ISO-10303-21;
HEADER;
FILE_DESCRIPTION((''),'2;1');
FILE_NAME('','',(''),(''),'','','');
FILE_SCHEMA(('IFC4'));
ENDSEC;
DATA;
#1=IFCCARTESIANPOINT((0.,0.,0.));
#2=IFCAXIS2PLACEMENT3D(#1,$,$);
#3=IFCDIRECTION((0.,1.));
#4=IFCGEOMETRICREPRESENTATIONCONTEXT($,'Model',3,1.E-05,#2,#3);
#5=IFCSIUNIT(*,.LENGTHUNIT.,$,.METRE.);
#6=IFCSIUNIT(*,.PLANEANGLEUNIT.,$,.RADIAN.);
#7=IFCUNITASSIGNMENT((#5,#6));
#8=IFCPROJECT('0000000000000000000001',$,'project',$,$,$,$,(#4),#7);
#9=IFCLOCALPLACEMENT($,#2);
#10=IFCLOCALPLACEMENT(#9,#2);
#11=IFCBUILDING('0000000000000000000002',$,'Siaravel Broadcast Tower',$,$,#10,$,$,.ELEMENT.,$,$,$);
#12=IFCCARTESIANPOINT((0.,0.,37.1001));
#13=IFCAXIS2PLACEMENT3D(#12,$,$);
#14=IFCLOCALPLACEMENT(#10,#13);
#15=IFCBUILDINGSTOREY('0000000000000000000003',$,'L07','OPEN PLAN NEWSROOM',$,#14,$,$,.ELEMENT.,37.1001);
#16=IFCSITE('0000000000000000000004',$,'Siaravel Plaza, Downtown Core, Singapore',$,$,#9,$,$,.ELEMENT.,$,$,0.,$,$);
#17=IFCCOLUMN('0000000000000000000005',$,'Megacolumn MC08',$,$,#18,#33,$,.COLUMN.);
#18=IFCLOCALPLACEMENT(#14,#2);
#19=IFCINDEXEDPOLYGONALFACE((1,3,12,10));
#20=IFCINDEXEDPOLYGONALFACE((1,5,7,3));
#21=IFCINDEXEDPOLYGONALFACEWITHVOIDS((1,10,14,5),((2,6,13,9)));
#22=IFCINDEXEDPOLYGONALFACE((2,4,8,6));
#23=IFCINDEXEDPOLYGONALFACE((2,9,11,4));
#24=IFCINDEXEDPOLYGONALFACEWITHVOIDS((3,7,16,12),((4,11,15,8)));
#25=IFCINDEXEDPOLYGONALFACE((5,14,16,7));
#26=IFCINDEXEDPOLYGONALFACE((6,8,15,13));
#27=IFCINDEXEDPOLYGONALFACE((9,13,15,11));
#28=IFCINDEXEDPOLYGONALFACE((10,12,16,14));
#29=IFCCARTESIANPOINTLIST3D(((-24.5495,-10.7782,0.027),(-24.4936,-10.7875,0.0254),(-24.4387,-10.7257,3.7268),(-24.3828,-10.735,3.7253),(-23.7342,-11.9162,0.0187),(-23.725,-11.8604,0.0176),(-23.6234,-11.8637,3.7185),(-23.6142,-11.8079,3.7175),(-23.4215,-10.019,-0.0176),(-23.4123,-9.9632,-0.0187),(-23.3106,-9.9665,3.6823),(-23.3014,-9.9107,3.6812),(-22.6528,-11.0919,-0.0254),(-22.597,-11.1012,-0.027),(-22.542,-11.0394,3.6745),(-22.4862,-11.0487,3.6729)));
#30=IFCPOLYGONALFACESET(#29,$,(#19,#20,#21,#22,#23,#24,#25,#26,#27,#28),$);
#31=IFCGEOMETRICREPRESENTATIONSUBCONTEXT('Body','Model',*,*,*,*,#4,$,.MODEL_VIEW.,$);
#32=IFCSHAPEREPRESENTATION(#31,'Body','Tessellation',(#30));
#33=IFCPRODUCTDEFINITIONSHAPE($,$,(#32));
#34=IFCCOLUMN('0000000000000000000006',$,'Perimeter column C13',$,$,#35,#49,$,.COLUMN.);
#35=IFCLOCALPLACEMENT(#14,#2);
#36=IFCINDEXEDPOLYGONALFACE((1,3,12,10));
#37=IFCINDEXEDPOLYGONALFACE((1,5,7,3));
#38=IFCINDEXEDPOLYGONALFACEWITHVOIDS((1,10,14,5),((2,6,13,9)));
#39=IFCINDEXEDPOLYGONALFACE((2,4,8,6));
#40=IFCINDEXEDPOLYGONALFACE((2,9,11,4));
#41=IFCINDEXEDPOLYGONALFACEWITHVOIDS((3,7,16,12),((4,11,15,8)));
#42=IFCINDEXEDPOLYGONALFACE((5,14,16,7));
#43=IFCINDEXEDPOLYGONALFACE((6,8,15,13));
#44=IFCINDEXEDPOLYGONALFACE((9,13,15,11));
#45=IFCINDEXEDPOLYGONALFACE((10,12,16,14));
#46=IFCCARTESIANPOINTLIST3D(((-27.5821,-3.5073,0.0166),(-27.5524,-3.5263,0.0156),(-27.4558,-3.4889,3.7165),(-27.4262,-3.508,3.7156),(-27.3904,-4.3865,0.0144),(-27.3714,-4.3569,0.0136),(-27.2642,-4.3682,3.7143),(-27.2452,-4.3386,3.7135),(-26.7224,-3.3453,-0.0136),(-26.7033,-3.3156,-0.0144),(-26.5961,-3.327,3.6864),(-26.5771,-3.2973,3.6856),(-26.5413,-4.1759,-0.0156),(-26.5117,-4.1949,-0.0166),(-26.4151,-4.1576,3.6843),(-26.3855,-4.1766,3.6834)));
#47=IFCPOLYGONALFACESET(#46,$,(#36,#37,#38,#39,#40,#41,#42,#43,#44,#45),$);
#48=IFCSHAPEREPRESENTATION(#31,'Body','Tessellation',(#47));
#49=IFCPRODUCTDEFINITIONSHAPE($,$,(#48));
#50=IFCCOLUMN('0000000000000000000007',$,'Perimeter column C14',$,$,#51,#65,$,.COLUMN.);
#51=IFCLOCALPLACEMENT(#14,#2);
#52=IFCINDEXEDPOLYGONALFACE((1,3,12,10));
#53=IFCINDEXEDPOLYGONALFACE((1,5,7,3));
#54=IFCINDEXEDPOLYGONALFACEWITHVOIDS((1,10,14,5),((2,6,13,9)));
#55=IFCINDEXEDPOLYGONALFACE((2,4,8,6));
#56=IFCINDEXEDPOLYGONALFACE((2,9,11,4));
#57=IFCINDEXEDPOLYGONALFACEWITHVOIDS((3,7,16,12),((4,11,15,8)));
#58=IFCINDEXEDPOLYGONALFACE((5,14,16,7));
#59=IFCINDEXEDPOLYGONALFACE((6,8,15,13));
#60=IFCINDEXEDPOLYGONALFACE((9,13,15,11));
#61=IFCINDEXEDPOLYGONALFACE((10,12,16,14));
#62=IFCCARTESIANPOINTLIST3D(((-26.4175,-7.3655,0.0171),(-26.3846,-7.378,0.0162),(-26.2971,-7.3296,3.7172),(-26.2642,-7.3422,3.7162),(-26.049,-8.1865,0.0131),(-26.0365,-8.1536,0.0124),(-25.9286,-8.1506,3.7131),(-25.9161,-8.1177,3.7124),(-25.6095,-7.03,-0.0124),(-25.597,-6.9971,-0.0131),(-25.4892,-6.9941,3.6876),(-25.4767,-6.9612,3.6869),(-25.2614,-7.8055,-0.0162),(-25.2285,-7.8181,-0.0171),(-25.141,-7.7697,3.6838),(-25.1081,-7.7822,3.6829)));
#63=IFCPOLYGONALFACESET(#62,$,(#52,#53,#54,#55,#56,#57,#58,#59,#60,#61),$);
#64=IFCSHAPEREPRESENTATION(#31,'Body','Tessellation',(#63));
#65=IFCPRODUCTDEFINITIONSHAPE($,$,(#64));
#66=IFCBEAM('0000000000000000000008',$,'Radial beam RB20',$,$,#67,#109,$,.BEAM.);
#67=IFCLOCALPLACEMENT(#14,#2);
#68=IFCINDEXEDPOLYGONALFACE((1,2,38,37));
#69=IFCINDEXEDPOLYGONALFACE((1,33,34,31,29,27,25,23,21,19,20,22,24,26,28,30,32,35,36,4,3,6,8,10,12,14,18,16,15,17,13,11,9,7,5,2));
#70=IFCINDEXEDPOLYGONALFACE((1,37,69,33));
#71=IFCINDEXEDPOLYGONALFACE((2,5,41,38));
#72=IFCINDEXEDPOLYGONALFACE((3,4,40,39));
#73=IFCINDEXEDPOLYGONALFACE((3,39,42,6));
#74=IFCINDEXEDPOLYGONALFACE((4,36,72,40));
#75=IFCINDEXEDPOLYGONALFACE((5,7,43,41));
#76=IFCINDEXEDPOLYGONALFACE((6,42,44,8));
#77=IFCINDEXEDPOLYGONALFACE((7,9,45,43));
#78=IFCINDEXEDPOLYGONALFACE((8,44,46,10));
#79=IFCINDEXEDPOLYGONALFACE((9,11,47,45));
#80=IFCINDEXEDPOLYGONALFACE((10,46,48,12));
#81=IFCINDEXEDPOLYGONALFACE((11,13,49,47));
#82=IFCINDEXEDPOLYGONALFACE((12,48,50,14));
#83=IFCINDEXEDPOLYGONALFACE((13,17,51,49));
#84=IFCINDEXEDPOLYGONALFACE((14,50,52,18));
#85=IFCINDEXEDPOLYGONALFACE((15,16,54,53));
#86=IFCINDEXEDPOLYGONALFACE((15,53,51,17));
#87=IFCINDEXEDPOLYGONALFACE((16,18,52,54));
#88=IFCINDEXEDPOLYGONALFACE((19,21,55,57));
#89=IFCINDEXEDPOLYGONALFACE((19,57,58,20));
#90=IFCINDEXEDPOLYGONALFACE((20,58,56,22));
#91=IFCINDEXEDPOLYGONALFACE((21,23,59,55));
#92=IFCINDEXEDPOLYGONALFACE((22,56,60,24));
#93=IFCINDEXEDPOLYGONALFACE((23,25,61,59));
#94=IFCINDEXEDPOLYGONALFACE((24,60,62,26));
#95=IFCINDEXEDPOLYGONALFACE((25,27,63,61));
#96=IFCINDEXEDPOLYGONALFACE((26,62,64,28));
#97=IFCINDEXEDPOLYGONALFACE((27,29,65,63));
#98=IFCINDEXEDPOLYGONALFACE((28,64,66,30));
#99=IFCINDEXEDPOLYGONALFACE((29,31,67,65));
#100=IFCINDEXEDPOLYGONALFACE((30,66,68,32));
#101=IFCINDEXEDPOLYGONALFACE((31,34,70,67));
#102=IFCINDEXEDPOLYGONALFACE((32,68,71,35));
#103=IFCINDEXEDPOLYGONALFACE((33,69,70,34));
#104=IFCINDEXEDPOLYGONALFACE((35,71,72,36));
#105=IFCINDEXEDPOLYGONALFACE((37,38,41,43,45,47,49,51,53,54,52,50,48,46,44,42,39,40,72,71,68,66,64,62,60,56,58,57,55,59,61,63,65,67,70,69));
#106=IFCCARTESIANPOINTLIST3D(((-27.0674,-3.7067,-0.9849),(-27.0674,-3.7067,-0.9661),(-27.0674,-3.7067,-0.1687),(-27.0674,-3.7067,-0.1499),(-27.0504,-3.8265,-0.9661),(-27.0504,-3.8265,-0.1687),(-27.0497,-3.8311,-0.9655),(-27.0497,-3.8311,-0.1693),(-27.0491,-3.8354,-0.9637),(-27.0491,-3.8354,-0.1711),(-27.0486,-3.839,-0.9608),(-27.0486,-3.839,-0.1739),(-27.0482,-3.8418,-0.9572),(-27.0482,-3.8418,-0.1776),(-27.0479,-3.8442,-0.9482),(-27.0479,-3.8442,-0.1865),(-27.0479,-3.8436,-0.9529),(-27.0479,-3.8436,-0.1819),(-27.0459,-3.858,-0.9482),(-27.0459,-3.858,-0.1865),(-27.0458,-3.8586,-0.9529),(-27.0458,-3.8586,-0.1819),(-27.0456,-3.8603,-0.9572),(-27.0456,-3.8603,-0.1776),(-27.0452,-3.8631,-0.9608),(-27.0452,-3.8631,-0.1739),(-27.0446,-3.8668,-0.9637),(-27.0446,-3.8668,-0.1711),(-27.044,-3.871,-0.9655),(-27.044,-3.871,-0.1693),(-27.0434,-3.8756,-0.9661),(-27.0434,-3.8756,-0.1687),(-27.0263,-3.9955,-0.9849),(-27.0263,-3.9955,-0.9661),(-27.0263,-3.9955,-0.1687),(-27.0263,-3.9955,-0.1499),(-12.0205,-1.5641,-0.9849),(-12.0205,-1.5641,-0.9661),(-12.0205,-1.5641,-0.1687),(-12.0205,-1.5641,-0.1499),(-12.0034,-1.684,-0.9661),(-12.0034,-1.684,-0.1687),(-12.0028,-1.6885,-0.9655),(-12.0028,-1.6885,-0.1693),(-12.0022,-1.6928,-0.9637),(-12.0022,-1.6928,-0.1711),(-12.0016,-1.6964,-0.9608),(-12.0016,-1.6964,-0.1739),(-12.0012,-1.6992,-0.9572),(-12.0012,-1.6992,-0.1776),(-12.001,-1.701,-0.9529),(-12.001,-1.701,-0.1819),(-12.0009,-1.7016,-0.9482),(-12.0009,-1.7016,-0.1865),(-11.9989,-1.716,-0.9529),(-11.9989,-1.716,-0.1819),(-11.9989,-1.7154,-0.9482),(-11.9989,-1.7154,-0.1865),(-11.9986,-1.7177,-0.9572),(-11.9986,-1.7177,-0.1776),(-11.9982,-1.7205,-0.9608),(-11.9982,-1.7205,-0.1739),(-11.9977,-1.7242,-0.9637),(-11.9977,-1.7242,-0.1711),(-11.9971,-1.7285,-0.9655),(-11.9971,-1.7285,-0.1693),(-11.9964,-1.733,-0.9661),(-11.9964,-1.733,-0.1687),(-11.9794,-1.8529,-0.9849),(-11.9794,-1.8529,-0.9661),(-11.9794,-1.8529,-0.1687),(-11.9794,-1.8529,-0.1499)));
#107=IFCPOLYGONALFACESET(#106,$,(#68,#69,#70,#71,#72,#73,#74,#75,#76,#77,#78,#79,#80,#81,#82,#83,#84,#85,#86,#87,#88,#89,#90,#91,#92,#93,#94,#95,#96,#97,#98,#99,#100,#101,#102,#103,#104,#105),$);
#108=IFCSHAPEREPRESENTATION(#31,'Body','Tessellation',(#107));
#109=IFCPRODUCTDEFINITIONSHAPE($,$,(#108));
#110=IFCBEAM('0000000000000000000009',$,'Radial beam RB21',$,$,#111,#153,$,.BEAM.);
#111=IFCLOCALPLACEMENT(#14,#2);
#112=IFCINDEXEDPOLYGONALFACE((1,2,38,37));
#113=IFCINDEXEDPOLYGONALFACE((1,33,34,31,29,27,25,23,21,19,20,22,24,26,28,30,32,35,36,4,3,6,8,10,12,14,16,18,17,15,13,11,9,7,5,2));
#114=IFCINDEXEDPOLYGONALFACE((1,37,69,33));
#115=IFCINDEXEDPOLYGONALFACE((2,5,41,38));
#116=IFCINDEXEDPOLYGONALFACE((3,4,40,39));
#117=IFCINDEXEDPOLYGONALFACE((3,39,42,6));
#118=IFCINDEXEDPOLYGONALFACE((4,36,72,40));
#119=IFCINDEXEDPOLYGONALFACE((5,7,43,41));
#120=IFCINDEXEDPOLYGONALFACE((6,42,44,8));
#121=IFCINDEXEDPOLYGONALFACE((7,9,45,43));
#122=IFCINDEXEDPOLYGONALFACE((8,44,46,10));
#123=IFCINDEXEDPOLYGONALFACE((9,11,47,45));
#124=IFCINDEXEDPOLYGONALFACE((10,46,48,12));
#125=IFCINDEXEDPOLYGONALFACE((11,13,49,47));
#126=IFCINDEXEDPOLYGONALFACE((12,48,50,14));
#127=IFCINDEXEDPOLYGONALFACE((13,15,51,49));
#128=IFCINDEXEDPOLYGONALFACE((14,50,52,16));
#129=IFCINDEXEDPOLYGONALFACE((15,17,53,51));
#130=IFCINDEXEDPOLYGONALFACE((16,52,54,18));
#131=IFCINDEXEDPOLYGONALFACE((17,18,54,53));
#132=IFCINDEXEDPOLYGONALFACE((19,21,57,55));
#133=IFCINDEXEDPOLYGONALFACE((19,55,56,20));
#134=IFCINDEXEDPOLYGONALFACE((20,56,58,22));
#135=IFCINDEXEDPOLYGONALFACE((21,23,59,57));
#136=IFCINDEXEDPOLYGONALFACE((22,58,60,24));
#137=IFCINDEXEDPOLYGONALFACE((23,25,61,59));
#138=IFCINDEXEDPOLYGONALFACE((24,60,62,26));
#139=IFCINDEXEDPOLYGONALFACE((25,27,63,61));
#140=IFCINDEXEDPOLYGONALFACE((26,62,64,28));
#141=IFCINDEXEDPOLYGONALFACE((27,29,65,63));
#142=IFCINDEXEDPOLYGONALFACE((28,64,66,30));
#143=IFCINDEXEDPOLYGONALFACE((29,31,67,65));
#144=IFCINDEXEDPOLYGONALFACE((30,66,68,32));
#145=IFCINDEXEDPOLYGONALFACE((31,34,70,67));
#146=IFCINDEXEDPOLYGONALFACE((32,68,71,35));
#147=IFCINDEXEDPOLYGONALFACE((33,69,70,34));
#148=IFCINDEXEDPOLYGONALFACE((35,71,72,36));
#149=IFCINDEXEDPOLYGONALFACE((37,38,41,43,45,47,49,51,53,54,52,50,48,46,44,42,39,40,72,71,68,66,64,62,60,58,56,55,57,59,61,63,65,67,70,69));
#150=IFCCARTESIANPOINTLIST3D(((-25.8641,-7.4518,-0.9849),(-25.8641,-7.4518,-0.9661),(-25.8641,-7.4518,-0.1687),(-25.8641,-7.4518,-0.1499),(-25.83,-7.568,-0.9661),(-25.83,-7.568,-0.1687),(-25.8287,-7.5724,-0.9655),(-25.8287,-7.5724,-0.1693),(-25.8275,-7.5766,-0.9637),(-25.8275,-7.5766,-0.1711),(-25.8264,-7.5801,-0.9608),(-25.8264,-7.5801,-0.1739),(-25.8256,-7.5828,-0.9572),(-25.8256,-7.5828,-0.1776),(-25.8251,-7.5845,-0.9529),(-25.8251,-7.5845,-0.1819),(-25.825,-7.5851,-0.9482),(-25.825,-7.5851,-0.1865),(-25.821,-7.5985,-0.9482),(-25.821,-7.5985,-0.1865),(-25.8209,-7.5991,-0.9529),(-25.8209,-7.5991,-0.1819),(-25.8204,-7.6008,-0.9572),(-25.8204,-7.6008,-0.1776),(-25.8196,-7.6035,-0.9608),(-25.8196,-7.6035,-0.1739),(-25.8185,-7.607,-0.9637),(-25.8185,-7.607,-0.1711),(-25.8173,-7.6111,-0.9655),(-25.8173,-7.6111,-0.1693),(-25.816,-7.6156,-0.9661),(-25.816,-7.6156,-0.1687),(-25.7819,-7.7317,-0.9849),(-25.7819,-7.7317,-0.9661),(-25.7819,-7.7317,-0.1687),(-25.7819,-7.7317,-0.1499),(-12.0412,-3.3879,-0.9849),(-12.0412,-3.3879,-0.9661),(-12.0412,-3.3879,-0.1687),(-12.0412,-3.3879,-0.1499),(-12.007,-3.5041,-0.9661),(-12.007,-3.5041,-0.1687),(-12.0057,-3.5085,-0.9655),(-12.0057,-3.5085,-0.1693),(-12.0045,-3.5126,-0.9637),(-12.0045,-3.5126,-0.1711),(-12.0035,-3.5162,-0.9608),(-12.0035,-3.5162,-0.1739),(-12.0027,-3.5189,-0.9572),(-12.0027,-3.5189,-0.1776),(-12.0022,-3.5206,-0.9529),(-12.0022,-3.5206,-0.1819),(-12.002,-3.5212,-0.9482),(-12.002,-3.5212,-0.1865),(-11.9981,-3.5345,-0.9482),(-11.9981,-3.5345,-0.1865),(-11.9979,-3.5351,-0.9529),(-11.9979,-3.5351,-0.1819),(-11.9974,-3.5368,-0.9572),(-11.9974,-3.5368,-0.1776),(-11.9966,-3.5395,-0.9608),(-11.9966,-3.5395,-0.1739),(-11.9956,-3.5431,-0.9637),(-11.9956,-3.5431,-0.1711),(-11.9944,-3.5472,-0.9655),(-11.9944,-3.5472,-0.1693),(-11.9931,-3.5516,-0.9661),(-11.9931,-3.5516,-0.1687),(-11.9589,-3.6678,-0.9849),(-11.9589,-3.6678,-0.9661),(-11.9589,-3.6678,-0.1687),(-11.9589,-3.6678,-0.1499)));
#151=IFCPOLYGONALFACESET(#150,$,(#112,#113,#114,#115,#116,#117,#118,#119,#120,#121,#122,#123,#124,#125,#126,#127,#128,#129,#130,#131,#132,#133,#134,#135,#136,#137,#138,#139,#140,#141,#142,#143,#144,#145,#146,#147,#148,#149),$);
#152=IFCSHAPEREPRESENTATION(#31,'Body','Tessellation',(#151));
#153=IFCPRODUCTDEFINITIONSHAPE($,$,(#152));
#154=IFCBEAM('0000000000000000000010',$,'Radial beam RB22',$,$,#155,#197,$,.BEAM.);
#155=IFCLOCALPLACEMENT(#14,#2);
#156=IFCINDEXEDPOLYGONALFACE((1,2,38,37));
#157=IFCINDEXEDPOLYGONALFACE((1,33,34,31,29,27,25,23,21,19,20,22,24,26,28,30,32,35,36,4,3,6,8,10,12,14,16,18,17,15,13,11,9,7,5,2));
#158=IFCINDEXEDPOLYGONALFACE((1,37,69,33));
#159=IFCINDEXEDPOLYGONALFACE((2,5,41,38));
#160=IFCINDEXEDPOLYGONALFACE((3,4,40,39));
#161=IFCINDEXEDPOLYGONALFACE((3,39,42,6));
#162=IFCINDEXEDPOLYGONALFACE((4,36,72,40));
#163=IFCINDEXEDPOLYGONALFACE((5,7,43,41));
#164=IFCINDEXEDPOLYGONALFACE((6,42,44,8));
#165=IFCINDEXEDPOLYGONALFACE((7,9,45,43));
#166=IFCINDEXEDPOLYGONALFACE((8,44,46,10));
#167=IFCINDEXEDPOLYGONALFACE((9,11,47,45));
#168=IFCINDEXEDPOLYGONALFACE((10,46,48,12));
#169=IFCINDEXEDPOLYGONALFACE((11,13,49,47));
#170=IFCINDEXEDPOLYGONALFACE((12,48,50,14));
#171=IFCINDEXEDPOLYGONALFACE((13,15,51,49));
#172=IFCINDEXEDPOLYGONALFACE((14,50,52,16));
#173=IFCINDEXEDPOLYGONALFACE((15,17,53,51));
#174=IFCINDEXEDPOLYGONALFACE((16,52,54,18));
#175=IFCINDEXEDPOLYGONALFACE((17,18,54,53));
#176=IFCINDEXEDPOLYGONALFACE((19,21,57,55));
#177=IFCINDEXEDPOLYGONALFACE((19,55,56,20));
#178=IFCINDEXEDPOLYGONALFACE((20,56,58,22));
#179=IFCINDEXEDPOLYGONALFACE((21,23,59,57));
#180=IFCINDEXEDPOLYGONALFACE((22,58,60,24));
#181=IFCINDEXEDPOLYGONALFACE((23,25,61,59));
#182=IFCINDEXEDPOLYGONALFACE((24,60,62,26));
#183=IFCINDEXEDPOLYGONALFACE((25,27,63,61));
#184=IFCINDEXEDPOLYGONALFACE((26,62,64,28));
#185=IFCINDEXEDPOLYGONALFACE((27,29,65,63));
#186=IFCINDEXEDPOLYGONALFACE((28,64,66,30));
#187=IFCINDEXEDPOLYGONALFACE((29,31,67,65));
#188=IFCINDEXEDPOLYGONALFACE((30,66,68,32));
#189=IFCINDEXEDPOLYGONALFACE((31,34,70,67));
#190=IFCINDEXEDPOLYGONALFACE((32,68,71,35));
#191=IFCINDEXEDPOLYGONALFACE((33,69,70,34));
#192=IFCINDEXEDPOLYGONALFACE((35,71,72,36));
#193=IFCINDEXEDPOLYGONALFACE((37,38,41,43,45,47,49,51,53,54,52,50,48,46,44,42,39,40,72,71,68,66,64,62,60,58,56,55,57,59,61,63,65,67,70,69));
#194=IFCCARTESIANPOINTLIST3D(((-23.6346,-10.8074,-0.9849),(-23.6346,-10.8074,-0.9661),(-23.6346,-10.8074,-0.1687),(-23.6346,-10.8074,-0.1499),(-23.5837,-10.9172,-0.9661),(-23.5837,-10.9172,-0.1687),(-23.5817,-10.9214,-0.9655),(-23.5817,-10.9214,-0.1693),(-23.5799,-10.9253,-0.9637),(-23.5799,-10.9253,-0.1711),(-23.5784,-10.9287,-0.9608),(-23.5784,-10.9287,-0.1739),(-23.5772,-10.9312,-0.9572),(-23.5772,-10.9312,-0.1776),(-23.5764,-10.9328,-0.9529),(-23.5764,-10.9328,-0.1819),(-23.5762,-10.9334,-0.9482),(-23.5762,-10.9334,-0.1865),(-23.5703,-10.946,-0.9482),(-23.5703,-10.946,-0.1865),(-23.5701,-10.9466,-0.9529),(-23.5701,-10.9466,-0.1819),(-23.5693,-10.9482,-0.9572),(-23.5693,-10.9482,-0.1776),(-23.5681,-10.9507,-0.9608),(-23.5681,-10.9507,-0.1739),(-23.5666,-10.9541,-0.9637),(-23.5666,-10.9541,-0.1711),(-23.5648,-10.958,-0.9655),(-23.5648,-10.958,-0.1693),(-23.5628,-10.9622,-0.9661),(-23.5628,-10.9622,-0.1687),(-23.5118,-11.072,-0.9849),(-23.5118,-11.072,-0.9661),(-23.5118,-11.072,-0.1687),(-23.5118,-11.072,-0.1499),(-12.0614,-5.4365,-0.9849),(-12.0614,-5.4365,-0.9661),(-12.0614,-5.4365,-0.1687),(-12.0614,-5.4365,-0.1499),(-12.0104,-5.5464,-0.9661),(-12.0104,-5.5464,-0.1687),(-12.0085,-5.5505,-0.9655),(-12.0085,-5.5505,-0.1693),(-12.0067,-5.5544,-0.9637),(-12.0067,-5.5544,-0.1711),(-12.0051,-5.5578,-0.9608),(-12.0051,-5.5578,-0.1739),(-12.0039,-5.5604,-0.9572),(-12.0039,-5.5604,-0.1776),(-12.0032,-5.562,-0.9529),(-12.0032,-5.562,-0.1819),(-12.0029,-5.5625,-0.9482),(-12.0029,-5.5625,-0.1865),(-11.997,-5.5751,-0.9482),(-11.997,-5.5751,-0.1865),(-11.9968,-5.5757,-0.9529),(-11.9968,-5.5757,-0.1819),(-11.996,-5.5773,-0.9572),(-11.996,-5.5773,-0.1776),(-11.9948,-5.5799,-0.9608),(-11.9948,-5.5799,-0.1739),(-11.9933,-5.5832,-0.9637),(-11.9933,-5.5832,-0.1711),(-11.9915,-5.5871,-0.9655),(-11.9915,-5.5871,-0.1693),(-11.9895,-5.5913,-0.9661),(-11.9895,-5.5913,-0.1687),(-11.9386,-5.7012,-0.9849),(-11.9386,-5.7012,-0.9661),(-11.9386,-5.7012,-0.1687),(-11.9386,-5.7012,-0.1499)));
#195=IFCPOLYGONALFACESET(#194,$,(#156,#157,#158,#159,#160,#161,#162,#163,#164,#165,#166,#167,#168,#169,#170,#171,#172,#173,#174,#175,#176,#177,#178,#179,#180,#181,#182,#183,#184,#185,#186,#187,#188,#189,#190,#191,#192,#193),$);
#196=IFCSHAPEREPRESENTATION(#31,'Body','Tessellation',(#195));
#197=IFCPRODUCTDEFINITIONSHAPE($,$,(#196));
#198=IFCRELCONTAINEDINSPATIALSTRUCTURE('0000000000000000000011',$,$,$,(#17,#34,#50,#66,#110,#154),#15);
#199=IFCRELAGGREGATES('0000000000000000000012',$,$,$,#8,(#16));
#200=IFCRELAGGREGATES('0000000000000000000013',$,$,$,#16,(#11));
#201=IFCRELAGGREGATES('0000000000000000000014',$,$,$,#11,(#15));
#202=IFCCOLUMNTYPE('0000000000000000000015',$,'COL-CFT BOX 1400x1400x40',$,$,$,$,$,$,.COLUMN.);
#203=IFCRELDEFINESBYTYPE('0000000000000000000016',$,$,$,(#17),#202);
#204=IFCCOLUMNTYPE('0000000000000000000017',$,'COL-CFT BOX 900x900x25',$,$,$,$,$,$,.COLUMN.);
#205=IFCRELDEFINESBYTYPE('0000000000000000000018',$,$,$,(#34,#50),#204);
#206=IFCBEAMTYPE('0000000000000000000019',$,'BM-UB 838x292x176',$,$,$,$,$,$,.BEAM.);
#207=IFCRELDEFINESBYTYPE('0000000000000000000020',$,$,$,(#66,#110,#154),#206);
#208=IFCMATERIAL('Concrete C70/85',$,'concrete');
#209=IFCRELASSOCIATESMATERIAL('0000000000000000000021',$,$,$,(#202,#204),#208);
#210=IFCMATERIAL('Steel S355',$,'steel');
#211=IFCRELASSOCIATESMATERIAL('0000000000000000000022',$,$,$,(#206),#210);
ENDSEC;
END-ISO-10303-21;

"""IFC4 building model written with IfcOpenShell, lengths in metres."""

from ifc_helpers import new_model, si_unit, direction, frame, origin, origin_2d, place, context, subcontext, project, spatial, hollow_rectangle, i_section, extrude, material, material_profile, profile_set, type_object, element, save


model = new_model("IFC4")

# Units and contexts
model_context = context("Model", 3, precision=1e-05, world=origin(), true_north=direction((0.0, 1.0)))
body_context = subcontext(model_context, "Body", "Model", "MODEL_VIEW")
ifc_project = project(units=[si_unit("LENGTHUNIT", "METRE"), si_unit("PLANEANGLEUNIT", "RADIAN")], contexts=[model_context])

# Site, building, storey
site_placement = place(None, origin())
site = spatial("IfcSite", under=ifc_project, at=site_placement, Name="Siaravel Plaza, Downtown Core, Singapore", CompositionType="ELEMENT", RefElevation=0.0)
building_placement = place(site_placement, origin())
building = spatial("IfcBuilding", under=site, at=building_placement, Name="Siaravel Broadcast Tower", CompositionType="ELEMENT")
storey_placement = place(building_placement, frame((0.0, 0.0, 37.1001)))
storey = spatial("IfcBuildingStorey", under=building, at=storey_placement, Name="L07", Description="OPEN PLAN NEWSROOM", CompositionType="ELEMENT", Elevation=37.1001)

# Columns
ifc_material_1 = material(Name="Concrete C70/85", Category="concrete")
ifc_material_profile_1 = material_profile(ifc_material_1, hollow_rectangle(XDim=1.3999, YDim=1.3999, WallThickness=0.04, at=origin_2d()))
ifc_profile_set_1 = profile_set([ifc_material_profile_1], Name="Concrete C70/85")
column_type_1 = type_object("IfcColumnType", Name="COL-CFT BOX 1400x1400x40", PredefinedType="COLUMN", material=ifc_profile_set_1)
column_placement = place(storey_placement, frame((-23.5732, -10.9397, 0.0), z_axis=(0.029941, 0.014179, 0.999451), x_axis=(-0.582371, 0.812901, 0.005914)))
element("IfcColumn", 1, at=column_placement, inside=storey, type_object=column_type_1, Name="Megacolumn MC08", PredefinedType="COLUMN", context=body_context, shape_type="SweptSolid", body=[
    extrude(hollow_rectangle(XDim=1.3999, YDim=1.3999, WallThickness=0.04, at=origin_2d()), origin(), (0.0, 0.0, 1.0), 3.7019),
])
ifc_material_profile_2 = material_profile(ifc_material_1, hollow_rectangle(XDim=0.8999, YDim=0.8999, WallThickness=0.0249, at=origin_2d()))
ifc_profile_set_2 = profile_set([ifc_material_profile_2], Name="Concrete C70/85")
column_type_2 = type_object("IfcColumnType", Name="COL-CFT BOX 900x900x25", PredefinedType="COLUMN", material=ifc_profile_set_2)
for number, where, z_axis, x_axis, name in (
    (2, (-27.0469, -3.8511, 0.0), (0.034094, 0.004946, 0.999406), (-0.212975, 0.977055, 0.00243), "Perimeter column C13"),
    (3, (-25.823, -7.5918, 0.0), (0.032512, 0.009694, 0.999424), (-0.409504, 0.912297, 0.004472), "Perimeter column C14"),
):
    element("IfcColumn", number, at=place(storey_placement, frame(where, z_axis=z_axis, x_axis=x_axis)), inside=storey, type_object=column_type_2, Name=name, PredefinedType="COLUMN", context=body_context, shape_type="SweptSolid", body=[
        extrude(hollow_rectangle(XDim=0.8999, YDim=0.8999, WallThickness=0.0249, at=origin_2d()), origin(), (0.0, 0.0, 1.0), 3.7021),
    ])

# Beams
ifc_material_2 = material(Name="Steel S355", Category="steel")
ifc_material_profile_3 = material_profile(ifc_material_2, i_section(OverallWidth=0.2917, OverallDepth=0.835, WebThickness=0.0139, FlangeThickness=0.0188, FilletRadius=0.0178, at=origin_2d()))
ifc_profile_set_3 = profile_set([ifc_material_profile_3], Name="Steel S355")
beam_type = type_object("IfcBeamType", Name="BM-UB 838x292x176", PredefinedType="BEAM", material=ifc_profile_set_3)
beam_1_placement = place(storey_placement, frame((-27.0469, -3.8511, -0.5674), z_axis=(0.990014, 0.140972, 0.0), x_axis=(-0.140972, 0.990014, 0.0)))
element("IfcBeam", 4, at=beam_1_placement, inside=storey, type_object=beam_type, Name="Radial beam RB20", PredefinedType="BEAM", context=body_context, shape_type="SweptSolid", body=[
    extrude(i_section(OverallWidth=0.2917, OverallDepth=0.835, WebThickness=0.0139, FlangeThickness=0.0188, FilletRadius=0.0178, at=origin_2d()), origin(), (0.0, 0.0, 1.0), 15.1987),
])
beam_2_placement = place(storey_placement, frame((-25.823, -7.5918, -0.5674), z_axis=(0.959396, 0.282063, 0.0), x_axis=(-0.282063, 0.959396, 0.0)))
element("IfcBeam", 5, at=beam_2_placement, inside=storey, type_object=beam_type, Name="Radial beam RB21", PredefinedType="BEAM", context=body_context, shape_type="SweptSolid", body=[
    extrude(i_section(OverallWidth=0.2917, OverallDepth=0.835, WebThickness=0.0139, FlangeThickness=0.0188, FilletRadius=0.0178, at=origin_2d()), origin(), (0.0, 0.0, 1.0), 14.408),
])
beam_3_placement = place(storey_placement, frame((-23.5732, -10.9397, -0.5674), z_axis=(0.907082, 0.420954, 0.0), x_axis=(-0.420954, 0.907082, 0.0)))
element("IfcBeam", 6, at=beam_3_placement, inside=storey, type_object=beam_type, Name="Radial beam RB22", PredefinedType="BEAM", context=body_context, shape_type="SweptSolid", body=[
    extrude(i_section(OverallWidth=0.2917, OverallDepth=0.835, WebThickness=0.0139, FlangeThickness=0.0188, FilletRadius=0.0178, at=origin_2d()), origin(), (0.0, 0.0, 1.0), 12.7588),
])

save(model, "model.ifc")
